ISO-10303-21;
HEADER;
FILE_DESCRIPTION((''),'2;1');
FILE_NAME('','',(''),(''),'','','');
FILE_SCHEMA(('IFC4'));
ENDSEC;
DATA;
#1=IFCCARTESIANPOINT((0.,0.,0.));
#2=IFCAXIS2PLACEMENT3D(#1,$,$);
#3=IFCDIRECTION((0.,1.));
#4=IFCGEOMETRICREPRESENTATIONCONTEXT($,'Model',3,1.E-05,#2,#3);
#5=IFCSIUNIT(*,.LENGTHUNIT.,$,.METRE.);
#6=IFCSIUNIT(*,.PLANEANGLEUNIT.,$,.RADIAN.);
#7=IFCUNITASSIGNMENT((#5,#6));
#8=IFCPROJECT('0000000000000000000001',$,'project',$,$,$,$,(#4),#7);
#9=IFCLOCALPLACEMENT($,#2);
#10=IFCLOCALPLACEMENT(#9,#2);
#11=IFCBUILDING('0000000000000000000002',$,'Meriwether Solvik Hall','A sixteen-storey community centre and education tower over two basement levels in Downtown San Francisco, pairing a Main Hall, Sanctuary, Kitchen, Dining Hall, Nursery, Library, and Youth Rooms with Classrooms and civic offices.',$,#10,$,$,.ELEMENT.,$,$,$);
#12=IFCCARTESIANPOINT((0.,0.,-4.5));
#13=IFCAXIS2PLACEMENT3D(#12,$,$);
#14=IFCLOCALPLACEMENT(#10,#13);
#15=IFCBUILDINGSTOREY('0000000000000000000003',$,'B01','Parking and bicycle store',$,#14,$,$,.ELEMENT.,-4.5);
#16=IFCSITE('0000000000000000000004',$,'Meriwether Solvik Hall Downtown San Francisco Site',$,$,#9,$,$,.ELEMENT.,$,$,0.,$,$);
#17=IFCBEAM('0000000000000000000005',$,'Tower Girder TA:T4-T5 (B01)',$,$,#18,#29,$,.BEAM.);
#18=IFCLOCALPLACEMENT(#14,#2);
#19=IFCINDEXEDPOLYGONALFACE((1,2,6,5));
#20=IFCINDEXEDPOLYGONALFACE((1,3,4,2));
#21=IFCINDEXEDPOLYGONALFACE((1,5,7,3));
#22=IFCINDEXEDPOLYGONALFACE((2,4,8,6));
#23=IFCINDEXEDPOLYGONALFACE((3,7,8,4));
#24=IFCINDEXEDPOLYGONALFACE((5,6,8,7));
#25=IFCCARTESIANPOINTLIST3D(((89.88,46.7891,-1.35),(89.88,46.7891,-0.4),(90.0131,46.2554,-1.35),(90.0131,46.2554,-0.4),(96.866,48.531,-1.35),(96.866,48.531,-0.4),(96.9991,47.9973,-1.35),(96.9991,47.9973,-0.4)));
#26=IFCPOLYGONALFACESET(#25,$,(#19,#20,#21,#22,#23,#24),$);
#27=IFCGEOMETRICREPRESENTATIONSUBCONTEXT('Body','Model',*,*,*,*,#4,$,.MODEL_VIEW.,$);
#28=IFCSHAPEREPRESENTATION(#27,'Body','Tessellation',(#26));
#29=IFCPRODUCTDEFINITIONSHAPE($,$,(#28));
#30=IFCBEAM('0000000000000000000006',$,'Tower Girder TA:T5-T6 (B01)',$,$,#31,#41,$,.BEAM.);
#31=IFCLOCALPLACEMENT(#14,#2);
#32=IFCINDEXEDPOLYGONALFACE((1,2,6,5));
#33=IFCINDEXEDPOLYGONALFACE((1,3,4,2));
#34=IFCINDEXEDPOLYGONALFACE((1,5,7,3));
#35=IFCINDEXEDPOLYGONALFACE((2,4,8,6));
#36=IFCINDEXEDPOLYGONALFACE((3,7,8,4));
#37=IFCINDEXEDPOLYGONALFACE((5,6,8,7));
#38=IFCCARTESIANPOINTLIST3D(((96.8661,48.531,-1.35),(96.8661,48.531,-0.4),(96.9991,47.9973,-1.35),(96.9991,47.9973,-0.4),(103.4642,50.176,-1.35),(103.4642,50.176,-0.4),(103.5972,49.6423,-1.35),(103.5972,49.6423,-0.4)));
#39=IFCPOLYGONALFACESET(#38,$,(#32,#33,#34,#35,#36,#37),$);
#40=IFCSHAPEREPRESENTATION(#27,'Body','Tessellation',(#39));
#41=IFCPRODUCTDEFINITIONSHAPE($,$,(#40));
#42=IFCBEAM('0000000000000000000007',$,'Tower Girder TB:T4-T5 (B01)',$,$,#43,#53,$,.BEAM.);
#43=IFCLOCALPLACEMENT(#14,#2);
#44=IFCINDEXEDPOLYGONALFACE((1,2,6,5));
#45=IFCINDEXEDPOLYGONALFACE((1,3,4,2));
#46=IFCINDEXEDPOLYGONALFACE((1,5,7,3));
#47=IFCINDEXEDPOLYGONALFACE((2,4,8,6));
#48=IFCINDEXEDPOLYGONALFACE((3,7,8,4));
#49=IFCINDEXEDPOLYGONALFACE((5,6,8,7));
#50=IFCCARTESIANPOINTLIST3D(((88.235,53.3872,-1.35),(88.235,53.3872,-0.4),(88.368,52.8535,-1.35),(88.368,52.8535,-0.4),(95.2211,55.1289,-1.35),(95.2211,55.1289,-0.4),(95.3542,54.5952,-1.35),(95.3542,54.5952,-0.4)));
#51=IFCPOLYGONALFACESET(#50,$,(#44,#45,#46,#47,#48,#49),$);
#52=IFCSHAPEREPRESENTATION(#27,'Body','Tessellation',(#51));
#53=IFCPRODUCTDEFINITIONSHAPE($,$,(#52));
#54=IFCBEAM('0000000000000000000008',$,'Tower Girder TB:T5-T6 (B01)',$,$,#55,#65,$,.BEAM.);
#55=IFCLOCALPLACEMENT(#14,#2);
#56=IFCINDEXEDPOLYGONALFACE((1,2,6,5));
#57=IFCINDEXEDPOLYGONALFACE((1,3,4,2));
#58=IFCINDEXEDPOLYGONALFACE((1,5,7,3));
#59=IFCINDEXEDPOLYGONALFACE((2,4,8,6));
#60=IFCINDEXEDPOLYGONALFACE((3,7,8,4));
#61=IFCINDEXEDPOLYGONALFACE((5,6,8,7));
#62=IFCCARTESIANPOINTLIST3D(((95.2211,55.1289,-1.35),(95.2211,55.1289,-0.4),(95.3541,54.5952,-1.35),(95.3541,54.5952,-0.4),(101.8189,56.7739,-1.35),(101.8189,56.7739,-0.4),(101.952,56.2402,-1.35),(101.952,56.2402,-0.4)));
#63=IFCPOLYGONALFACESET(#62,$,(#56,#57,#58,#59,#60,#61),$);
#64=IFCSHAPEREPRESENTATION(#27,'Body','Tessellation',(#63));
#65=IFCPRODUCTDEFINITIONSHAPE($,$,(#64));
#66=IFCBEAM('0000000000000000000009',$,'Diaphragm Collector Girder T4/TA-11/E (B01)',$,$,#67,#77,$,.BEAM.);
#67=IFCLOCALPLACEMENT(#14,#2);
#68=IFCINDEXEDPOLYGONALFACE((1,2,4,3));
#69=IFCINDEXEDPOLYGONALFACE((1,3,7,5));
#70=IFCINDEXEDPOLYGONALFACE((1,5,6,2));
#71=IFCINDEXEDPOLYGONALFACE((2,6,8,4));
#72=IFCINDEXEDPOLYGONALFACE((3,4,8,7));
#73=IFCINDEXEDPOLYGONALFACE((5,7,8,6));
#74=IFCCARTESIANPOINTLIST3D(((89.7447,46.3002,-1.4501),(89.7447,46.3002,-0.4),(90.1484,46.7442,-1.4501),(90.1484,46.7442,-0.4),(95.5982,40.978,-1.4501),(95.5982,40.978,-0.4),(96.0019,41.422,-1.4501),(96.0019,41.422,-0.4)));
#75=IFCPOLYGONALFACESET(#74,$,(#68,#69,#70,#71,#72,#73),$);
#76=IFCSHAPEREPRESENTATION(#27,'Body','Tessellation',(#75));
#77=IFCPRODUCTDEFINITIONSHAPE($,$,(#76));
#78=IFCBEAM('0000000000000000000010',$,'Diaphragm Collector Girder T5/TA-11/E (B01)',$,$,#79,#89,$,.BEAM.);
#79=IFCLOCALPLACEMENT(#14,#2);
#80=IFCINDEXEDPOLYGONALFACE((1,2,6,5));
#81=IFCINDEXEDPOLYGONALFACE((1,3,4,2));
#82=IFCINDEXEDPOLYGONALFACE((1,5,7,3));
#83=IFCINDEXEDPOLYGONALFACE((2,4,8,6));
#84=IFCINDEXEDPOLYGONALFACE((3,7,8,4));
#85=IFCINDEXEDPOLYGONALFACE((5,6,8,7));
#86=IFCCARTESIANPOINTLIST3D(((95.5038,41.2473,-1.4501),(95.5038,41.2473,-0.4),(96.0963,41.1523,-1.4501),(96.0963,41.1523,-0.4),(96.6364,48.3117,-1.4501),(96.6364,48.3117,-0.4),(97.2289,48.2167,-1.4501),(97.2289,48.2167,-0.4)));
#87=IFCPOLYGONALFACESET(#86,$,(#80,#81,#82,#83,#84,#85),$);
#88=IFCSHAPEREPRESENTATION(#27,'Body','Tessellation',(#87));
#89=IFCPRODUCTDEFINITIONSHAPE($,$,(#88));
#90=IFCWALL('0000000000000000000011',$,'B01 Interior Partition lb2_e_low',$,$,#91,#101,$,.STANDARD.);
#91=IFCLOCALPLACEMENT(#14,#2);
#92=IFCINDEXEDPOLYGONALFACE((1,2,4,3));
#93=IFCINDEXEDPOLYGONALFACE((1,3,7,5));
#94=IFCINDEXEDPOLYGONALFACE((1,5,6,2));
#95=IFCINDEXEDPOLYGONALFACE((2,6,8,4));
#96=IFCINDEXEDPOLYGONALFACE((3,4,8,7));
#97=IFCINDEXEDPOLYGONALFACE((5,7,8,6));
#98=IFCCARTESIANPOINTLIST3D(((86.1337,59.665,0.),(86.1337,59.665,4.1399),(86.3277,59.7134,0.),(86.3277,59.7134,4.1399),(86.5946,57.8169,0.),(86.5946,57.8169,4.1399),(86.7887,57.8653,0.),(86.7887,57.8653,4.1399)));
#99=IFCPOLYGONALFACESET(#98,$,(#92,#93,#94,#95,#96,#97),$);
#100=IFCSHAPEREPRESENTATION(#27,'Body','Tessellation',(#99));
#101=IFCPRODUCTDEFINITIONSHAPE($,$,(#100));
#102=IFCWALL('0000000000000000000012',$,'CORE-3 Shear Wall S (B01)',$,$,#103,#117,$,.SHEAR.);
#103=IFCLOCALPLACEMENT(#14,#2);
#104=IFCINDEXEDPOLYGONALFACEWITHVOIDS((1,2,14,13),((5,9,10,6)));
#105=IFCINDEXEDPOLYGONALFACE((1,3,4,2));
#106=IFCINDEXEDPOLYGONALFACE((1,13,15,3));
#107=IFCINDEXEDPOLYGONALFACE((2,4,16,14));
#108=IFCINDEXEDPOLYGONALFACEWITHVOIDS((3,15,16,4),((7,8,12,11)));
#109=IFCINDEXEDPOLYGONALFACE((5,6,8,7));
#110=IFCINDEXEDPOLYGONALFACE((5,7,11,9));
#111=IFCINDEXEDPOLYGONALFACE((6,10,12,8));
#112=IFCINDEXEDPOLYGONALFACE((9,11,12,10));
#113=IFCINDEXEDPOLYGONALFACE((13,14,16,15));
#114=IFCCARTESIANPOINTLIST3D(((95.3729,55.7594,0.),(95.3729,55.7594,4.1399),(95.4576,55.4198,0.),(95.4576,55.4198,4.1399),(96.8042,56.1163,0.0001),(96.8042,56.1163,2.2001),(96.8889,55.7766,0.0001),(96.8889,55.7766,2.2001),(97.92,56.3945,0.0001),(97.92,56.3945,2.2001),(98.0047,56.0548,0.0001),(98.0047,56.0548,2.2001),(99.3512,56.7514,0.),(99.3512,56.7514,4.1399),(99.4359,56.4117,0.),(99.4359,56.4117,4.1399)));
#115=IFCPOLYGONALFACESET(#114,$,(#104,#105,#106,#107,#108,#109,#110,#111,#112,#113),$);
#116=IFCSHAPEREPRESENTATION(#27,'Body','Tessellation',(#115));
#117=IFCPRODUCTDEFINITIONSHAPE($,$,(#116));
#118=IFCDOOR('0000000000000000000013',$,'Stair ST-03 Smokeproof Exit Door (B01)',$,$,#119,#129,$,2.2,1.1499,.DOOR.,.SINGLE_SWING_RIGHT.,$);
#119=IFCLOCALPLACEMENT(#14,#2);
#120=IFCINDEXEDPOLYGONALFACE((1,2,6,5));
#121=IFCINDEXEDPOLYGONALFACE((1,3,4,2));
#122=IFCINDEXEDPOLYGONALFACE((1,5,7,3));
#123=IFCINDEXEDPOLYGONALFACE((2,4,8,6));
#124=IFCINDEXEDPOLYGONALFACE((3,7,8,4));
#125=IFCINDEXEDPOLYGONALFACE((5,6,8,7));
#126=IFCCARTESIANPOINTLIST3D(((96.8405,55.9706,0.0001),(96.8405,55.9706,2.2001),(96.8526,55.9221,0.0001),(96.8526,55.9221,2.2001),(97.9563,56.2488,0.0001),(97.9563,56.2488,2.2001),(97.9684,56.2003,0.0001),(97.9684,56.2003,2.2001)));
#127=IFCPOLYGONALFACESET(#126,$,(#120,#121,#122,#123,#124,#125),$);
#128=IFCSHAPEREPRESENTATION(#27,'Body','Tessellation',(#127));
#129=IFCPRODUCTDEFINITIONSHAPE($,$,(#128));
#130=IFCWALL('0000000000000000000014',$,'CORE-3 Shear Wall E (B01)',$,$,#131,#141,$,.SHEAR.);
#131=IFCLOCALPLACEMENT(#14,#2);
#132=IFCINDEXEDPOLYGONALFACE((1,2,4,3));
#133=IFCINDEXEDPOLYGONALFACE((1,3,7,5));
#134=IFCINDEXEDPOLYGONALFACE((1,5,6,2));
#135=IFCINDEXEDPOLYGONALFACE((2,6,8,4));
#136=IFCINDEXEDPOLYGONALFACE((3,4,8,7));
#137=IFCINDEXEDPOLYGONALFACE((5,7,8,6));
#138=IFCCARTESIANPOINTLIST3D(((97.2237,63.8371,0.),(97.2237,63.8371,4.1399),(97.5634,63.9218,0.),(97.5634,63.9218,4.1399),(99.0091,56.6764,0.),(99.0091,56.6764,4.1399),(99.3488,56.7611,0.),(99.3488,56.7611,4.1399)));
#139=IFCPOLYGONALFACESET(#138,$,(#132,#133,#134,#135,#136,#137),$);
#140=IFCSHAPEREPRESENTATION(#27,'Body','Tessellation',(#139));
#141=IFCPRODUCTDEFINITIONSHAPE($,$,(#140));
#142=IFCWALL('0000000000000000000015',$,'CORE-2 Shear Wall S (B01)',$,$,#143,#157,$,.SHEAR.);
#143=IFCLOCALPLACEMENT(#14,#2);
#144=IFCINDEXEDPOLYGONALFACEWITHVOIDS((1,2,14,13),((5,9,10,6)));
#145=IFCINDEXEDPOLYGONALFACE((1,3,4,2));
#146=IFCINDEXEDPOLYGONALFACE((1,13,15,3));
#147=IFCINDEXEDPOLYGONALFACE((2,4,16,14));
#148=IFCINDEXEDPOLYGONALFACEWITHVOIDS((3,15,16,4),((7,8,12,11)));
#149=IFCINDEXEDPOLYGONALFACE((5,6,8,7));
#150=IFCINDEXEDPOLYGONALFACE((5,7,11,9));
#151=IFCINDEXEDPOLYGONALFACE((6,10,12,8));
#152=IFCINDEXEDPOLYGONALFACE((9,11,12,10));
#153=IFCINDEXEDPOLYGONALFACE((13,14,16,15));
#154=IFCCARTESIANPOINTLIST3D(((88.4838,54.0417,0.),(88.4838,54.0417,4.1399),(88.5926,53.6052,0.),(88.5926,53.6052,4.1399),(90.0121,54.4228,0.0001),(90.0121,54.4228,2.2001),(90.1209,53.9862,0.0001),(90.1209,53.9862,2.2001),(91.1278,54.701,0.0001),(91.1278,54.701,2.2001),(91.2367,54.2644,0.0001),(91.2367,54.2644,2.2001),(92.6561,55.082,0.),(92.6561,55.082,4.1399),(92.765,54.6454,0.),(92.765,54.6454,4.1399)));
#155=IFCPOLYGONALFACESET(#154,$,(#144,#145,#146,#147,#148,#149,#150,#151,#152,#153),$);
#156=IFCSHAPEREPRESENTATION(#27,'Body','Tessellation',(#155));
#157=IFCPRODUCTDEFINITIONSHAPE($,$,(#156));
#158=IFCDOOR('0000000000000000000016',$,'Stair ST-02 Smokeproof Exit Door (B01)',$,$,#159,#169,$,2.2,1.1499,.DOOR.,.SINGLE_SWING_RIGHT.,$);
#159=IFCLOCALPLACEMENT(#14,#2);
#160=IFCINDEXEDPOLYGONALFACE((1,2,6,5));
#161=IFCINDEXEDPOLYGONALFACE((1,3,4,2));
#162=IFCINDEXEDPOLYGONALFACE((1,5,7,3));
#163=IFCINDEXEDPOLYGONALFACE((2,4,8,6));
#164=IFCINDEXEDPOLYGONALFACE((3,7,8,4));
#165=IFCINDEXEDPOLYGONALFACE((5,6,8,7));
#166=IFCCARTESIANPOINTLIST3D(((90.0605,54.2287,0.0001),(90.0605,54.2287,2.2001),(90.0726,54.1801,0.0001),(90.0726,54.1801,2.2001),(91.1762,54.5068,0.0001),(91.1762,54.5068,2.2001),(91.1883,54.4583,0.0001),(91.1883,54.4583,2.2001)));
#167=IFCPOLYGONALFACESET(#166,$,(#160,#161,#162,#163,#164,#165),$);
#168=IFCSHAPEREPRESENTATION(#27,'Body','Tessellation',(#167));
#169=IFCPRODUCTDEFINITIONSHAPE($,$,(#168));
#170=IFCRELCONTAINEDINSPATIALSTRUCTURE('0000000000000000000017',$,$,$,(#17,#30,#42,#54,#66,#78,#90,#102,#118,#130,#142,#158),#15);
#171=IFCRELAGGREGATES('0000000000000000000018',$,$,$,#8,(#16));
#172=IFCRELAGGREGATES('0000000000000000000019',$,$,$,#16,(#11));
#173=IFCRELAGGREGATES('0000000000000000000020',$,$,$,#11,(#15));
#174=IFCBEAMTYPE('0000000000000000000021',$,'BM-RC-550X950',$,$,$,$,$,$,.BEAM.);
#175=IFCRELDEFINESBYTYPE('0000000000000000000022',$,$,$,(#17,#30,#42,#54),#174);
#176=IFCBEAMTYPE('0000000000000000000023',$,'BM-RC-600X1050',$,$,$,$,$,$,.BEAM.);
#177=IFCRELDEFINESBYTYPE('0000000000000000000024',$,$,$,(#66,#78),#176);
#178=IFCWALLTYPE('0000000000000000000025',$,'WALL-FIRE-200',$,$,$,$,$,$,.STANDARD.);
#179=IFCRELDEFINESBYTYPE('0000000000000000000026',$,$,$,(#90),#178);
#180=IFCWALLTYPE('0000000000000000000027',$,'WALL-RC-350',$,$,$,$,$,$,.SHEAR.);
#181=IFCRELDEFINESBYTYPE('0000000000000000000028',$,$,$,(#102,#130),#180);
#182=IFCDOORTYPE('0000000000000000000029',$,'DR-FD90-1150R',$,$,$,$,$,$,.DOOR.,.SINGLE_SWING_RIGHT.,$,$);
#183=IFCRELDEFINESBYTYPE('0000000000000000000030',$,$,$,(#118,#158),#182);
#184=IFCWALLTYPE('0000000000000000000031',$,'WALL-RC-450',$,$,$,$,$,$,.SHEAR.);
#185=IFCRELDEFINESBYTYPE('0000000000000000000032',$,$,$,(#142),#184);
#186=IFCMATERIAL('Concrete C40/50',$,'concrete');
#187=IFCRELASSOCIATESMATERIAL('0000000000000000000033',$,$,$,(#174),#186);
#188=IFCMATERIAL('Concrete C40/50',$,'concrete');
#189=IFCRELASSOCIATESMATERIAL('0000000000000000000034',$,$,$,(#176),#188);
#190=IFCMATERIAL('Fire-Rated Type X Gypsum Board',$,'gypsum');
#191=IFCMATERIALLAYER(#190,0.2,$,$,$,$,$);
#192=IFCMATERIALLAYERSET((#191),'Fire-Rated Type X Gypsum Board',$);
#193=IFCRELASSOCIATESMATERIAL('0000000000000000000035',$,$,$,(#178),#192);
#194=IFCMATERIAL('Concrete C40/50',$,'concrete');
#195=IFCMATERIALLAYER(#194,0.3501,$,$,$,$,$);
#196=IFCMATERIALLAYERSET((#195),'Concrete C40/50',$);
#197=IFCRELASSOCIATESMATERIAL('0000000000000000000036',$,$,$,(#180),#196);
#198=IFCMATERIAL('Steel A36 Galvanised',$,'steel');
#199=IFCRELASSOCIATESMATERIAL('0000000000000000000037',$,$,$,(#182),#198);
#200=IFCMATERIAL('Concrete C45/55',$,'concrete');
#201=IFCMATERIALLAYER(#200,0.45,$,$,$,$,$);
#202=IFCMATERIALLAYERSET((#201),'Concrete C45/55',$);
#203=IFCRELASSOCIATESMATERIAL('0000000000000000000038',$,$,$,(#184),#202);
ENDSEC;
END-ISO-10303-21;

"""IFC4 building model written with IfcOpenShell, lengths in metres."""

from ifc_helpers import new_model, si_unit, direction, frame, frame_2d, origin, origin_2d, place, context, subcontext, project, spatial, rectangle, extrude, material, layer, layer_set, material_profile, profile_set, type_object, element, fill, save


model = new_model("IFC4")

# Units and contexts
model_context = context("Model", 3, precision=1e-05, world=origin(), true_north=direction((0.0, 1.0)))
body_context = subcontext(model_context, "Body", "Model", "MODEL_VIEW")
ifc_project = project(units=[si_unit("LENGTHUNIT", "METRE"), si_unit("PLANEANGLEUNIT", "RADIAN")], contexts=[model_context])

# Site, building, storey
site_placement = place(None, origin())
site = spatial("IfcSite", under=ifc_project, at=site_placement, Name="Meriwether Solvik Hall Downtown San Francisco Site", CompositionType="ELEMENT", RefElevation=0.0)
building_placement = place(site_placement, origin())
building = spatial("IfcBuilding", under=site, at=building_placement, Name="Meriwether Solvik Hall", Description="A sixteen-storey community centre and education tower over two basement levels in Downtown San Francisco, pairing a Main Hall, Sanctuary, Kitchen, Dining Hall, Nursery, Library, and Youth Rooms with Classrooms and civic offices.", CompositionType="ELEMENT")
storey_placement = place(building_placement, frame((0.0, 0.0, -4.5)))
storey = spatial("IfcBuildingStorey", under=building, at=storey_placement, Name="B01", Description="Parking and bicycle store", CompositionType="ELEMENT", Elevation=-4.5)

# Beams
ifc_material_1 = material(Name="Concrete C40/50", Category="concrete")
ifc_material_profile_1 = material_profile(ifc_material_1, rectangle(XDim=0.55, YDim=0.95, at=origin_2d()), Name="RCB-550X950")
ifc_profile_set_1 = profile_set([ifc_material_profile_1], Name="Concrete C40/50")
beam_type_1 = type_object("IfcBeamType", Name="BM-RC-550X950", PredefinedType="BEAM", material=ifc_profile_set_1)
beam_1_placement = place(storey_placement, frame((89.9465, 46.5222, -0.875), z_axis=(0.970292, 0.241937, 0.0), x_axis=(-0.241937, 0.970292, 0.0)))
element("IfcBeam", 1, at=beam_1_placement, inside=storey, type_object=beam_type_1, Name="Tower Girder TA:T4-T5 (B01)", PredefinedType="BEAM", context=body_context, shape_type="SweptSolid", body=[
    extrude(rectangle(XDim=0.55, YDim=0.95, at=origin_2d()), origin(), (0.0, 0.0, 1.0), 7.2),
])
beam_2_placement = place(storey_placement, frame((96.9326, 48.2642, -0.875), z_axis=(0.970299, 0.24191, 0.0), x_axis=(-0.24191, 0.970299, 0.0)))
element("IfcBeam", 2, at=beam_2_placement, inside=storey, type_object=beam_type_1, Name="Tower Girder TA:T5-T6 (B01)", PredefinedType="BEAM", context=body_context, shape_type="SweptSolid", body=[
    extrude(rectangle(XDim=0.55, YDim=0.95, at=origin_2d()), origin(), (0.0, 0.0, 1.0), 6.8),
])
beam_3_placement = place(storey_placement, frame((88.3015, 53.1204, -0.875), z_axis=(0.9703, 0.241905, 0.0), x_axis=(-0.241905, 0.9703, 0.0)))
element("IfcBeam", 3, at=beam_3_placement, inside=storey, type_object=beam_type_1, Name="Tower Girder TB:T4-T5 (B01)", PredefinedType="BEAM", context=body_context, shape_type="SweptSolid", body=[
    extrude(rectangle(XDim=0.55, YDim=0.95, at=origin_2d()), origin(), (0.0, 0.0, 1.0), 7.2),
])
beam_4_placement = place(storey_placement, frame((95.2876, 54.8621, -0.875), z_axis=(0.970296, 0.241919, 0.0), x_axis=(-0.241919, 0.970296, 0.0)))
element("IfcBeam", 4, at=beam_4_placement, inside=storey, type_object=beam_type_1, Name="Tower Girder TB:T5-T6 (B01)", PredefinedType="BEAM", context=body_context, shape_type="SweptSolid", body=[
    extrude(rectangle(XDim=0.55, YDim=0.95, at=origin_2d()), origin(), (0.0, 0.0, 1.0), 6.7998),
])
ifc_material_2 = material(Name="Concrete C40/50", Category="concrete")
ifc_material_profile_2 = material_profile(ifc_material_2, rectangle(XDim=0.6001, YDim=1.05, at=origin_2d()), Name="RCB-600X1050")
ifc_profile_set_2 = profile_set([ifc_material_profile_2], Name="Concrete C40/50")
beam_type_2 = type_object("IfcBeamType", Name="BM-RC-600X1050", PredefinedType="BEAM", material=ifc_profile_set_2)
beam_5_placement = place(storey_placement, frame((89.9465, 46.5222, -0.925), z_axis=(0.739884, -0.672734, 0.0), x_axis=(0.672734, 0.739884, 0.0)))
element("IfcBeam", 5, at=beam_5_placement, inside=storey, type_object=beam_type_2, Name="Diaphragm Collector Girder T4/TA-11/E (B01)", PredefinedType="BEAM", context=body_context, shape_type="SweptSolid", body=[
    extrude(rectangle(XDim=0.6001, YDim=1.05, at=origin_2d()), origin(), (0.0, 0.0, 1.0), 7.9114),
])
beam_6_placement = place(storey_placement, frame((96.9326, 48.2642, -0.925), z_axis=(-0.158303, -0.987391, 0.0), x_axis=(0.987391, -0.158303, 0.0)))
element("IfcBeam", 6, at=beam_6_placement, inside=storey, type_object=beam_type_2, Name="Diaphragm Collector Girder T5/TA-11/E (B01)", PredefinedType="BEAM", context=body_context, shape_type="SweptSolid", body=[
    extrude(rectangle(XDim=0.6001, YDim=1.05, at=origin_2d()), origin(), (0.0, 0.0, 1.0), 7.1545),
])

# Wall
ifc_material_3 = material(Name="Fire-Rated Type X Gypsum Board", Category="gypsum")
ifc_layer_1 = layer(ifc_material_3, 0.2)
ifc_layer_set_1 = layer_set([ifc_layer_1], Name="Fire-Rated Type X Gypsum Board")
wall_type_1 = type_object("IfcWallType", Name="WALL-FIRE-200", PredefinedType="STANDARD", material=ifc_layer_set_1)
wall_1_placement = place(storey_placement, frame((86.6917, 57.8411, 0.0), z_axis=(0.0, 0.0, 1.0), x_axis=(-0.241993, 0.970278, 0.0)))
element("IfcWall", 7, at=wall_1_placement, inside=storey, type_object=wall_type_1, Name="B01 Interior Partition lb2_e_low", PredefinedType="STANDARD", context=body_context, shape_type="SweptSolid", body=[
    extrude(rectangle(XDim=1.9048, YDim=0.2, at=frame_2d((0.9524, 0.0))), origin(), (0.0, 0.0, 1.0), 4.1399),
])

# Wall, opening, door
ifc_material_4 = material(Name="Concrete C40/50", Category="concrete")
ifc_layer_2 = layer(ifc_material_4, 0.3501)
ifc_layer_set_2 = layer_set([ifc_layer_2], Name="Concrete C40/50")
wall_type_2 = type_object("IfcWallType", Name="WALL-RC-350", PredefinedType="SHEAR", material=ifc_layer_set_2)
wall_2_placement = place(storey_placement, frame((95.4153, 55.5896, 0.0), z_axis=(0.0, 0.0, 1.0), x_axis=(0.970293, 0.241933, 0.0)))
wall_2 = element("IfcWall", 8, at=wall_2_placement, inside=storey, type_object=wall_type_2, Name="CORE-3 Shear Wall S (B01)", PredefinedType="SHEAR", context=body_context, shape_type="SweptSolid", body=[
    extrude(rectangle(XDim=4.1001, YDim=0.3501, at=frame_2d((2.05, 0.0))), origin(), (0.0, 0.0, 1.0), 4.1399),
])
opening_1_placement = place(wall_2_placement, frame((1.4751, 0.0, 0.0)))
opening_1 = element("IfcOpeningElement", 9, at=opening_1_placement, cuts=wall_2, PredefinedType="OPENING", context=body_context, shape_type="SweptSolid", body=[
    extrude(rectangle(XDim=1.1499, YDim=2.2, at=frame_2d((0.575, 1.1001))), frame((0.0, 0.187, 0.0), z_axis=(0.0, -1.0, 0.0), x_axis=(1.0, 0.0, 0.0)), (0.0, 0.0, 1.0), 0.374),
])
ifc_material_5 = material(Name="Steel A36 Galvanised", Category="steel")
door_type = type_object("IfcDoorType", Name="DR-FD90-1150R", OperationType="SINGLE_SWING_RIGHT", PredefinedType="DOOR", material=ifc_material_5)
door_1_placement = place(opening_1_placement, origin())
door_1 = element("IfcDoor", 10, at=door_1_placement, inside=storey, type_object=door_type, Name="Stair ST-03 Smokeproof Exit Door (B01)", OperationType="SINGLE_SWING_RIGHT", OverallHeight=2.2, OverallWidth=1.1499, PredefinedType="DOOR", context=body_context, shape_type="SweptSolid", body=[
    extrude(rectangle(XDim=1.1499, YDim=2.2, at=frame_2d((0.575, 1.1001))), frame((0.0, 0.0249, 0.0), z_axis=(0.0, -1.0, 0.0), x_axis=(1.0, 0.0, 0.0)), (0.0, 0.0, 1.0), 0.05),
])
fill(opening_1, door_1)

# Wall
wall_3_placement = place(storey_placement, frame((99.179, 56.7188, 0.0), z_axis=(0.0, 0.0, 1.0), x_axis=(-0.241928, 0.970294, 0.0)))
element("IfcWall", 11, at=wall_3_placement, inside=storey, type_object=wall_type_2, Name="CORE-3 Shear Wall E (B01)", PredefinedType="SHEAR", context=body_context, shape_type="SweptSolid", body=[
    extrude(rectangle(XDim=7.3799, YDim=0.3501, at=frame_2d((3.6899, 0.0))), origin(), (0.0, 0.0, 1.0), 4.1399),
])

# Wall, opening, door
ifc_material_6 = material(Name="Concrete C45/55", Category="concrete")
ifc_layer_3 = layer(ifc_material_6, 0.45)
ifc_layer_set_3 = layer_set([ifc_layer_3], Name="Concrete C45/55")
wall_type_3 = type_object("IfcWallType", Name="WALL-RC-450", PredefinedType="SHEAR", material=ifc_layer_set_3)
wall_4_placement = place(storey_placement, frame((88.5383, 53.8235, 0.0), z_axis=(0.0, 0.0, 1.0), x_axis=(0.970296, 0.241921, 0.0)))
wall_4 = element("IfcWall", 12, at=wall_4_placement, inside=storey, type_object=wall_type_3, Name="CORE-2 Shear Wall S (B01)", PredefinedType="SHEAR", context=body_context, shape_type="SweptSolid", body=[
    extrude(rectangle(XDim=4.3, YDim=0.45, at=frame_2d((2.1499, 0.0))), origin(), (0.0, 0.0, 1.0), 4.1399),
])
opening_2_placement = place(wall_4_placement, frame((1.575, 0.0, 0.0)))
opening_2 = element("IfcOpeningElement", 13, at=opening_2_placement, cuts=wall_4, PredefinedType="OPENING", context=body_context, shape_type="SweptSolid", body=[
    extrude(rectangle(XDim=1.1499, YDim=2.2, at=frame_2d((0.575, 1.1001))), frame((0.0, 0.2368, 0.0), z_axis=(0.0, -1.0, 0.0), x_axis=(1.0, 0.0, 0.0)), (0.0, 0.0, 1.0), 0.4739),
])
door_2_placement = place(opening_2_placement, origin())
door_2 = element("IfcDoor", 14, at=door_2_placement, inside=storey, type_object=door_type, Name="Stair ST-02 Smokeproof Exit Door (B01)", OperationType="SINGLE_SWING_RIGHT", OverallHeight=2.2, OverallWidth=1.1499, PredefinedType="DOOR", context=body_context, shape_type="SweptSolid", body=[
    extrude(rectangle(XDim=1.1499, YDim=2.2, at=frame_2d((0.575, 1.1001))), frame((0.0, 0.0249, 0.0), z_axis=(0.0, -1.0, 0.0), x_axis=(1.0, 0.0, 0.0)), (0.0, 0.0, 1.0), 0.05),
])
fill(opening_2, door_2)

save(model, "model.ifc")
